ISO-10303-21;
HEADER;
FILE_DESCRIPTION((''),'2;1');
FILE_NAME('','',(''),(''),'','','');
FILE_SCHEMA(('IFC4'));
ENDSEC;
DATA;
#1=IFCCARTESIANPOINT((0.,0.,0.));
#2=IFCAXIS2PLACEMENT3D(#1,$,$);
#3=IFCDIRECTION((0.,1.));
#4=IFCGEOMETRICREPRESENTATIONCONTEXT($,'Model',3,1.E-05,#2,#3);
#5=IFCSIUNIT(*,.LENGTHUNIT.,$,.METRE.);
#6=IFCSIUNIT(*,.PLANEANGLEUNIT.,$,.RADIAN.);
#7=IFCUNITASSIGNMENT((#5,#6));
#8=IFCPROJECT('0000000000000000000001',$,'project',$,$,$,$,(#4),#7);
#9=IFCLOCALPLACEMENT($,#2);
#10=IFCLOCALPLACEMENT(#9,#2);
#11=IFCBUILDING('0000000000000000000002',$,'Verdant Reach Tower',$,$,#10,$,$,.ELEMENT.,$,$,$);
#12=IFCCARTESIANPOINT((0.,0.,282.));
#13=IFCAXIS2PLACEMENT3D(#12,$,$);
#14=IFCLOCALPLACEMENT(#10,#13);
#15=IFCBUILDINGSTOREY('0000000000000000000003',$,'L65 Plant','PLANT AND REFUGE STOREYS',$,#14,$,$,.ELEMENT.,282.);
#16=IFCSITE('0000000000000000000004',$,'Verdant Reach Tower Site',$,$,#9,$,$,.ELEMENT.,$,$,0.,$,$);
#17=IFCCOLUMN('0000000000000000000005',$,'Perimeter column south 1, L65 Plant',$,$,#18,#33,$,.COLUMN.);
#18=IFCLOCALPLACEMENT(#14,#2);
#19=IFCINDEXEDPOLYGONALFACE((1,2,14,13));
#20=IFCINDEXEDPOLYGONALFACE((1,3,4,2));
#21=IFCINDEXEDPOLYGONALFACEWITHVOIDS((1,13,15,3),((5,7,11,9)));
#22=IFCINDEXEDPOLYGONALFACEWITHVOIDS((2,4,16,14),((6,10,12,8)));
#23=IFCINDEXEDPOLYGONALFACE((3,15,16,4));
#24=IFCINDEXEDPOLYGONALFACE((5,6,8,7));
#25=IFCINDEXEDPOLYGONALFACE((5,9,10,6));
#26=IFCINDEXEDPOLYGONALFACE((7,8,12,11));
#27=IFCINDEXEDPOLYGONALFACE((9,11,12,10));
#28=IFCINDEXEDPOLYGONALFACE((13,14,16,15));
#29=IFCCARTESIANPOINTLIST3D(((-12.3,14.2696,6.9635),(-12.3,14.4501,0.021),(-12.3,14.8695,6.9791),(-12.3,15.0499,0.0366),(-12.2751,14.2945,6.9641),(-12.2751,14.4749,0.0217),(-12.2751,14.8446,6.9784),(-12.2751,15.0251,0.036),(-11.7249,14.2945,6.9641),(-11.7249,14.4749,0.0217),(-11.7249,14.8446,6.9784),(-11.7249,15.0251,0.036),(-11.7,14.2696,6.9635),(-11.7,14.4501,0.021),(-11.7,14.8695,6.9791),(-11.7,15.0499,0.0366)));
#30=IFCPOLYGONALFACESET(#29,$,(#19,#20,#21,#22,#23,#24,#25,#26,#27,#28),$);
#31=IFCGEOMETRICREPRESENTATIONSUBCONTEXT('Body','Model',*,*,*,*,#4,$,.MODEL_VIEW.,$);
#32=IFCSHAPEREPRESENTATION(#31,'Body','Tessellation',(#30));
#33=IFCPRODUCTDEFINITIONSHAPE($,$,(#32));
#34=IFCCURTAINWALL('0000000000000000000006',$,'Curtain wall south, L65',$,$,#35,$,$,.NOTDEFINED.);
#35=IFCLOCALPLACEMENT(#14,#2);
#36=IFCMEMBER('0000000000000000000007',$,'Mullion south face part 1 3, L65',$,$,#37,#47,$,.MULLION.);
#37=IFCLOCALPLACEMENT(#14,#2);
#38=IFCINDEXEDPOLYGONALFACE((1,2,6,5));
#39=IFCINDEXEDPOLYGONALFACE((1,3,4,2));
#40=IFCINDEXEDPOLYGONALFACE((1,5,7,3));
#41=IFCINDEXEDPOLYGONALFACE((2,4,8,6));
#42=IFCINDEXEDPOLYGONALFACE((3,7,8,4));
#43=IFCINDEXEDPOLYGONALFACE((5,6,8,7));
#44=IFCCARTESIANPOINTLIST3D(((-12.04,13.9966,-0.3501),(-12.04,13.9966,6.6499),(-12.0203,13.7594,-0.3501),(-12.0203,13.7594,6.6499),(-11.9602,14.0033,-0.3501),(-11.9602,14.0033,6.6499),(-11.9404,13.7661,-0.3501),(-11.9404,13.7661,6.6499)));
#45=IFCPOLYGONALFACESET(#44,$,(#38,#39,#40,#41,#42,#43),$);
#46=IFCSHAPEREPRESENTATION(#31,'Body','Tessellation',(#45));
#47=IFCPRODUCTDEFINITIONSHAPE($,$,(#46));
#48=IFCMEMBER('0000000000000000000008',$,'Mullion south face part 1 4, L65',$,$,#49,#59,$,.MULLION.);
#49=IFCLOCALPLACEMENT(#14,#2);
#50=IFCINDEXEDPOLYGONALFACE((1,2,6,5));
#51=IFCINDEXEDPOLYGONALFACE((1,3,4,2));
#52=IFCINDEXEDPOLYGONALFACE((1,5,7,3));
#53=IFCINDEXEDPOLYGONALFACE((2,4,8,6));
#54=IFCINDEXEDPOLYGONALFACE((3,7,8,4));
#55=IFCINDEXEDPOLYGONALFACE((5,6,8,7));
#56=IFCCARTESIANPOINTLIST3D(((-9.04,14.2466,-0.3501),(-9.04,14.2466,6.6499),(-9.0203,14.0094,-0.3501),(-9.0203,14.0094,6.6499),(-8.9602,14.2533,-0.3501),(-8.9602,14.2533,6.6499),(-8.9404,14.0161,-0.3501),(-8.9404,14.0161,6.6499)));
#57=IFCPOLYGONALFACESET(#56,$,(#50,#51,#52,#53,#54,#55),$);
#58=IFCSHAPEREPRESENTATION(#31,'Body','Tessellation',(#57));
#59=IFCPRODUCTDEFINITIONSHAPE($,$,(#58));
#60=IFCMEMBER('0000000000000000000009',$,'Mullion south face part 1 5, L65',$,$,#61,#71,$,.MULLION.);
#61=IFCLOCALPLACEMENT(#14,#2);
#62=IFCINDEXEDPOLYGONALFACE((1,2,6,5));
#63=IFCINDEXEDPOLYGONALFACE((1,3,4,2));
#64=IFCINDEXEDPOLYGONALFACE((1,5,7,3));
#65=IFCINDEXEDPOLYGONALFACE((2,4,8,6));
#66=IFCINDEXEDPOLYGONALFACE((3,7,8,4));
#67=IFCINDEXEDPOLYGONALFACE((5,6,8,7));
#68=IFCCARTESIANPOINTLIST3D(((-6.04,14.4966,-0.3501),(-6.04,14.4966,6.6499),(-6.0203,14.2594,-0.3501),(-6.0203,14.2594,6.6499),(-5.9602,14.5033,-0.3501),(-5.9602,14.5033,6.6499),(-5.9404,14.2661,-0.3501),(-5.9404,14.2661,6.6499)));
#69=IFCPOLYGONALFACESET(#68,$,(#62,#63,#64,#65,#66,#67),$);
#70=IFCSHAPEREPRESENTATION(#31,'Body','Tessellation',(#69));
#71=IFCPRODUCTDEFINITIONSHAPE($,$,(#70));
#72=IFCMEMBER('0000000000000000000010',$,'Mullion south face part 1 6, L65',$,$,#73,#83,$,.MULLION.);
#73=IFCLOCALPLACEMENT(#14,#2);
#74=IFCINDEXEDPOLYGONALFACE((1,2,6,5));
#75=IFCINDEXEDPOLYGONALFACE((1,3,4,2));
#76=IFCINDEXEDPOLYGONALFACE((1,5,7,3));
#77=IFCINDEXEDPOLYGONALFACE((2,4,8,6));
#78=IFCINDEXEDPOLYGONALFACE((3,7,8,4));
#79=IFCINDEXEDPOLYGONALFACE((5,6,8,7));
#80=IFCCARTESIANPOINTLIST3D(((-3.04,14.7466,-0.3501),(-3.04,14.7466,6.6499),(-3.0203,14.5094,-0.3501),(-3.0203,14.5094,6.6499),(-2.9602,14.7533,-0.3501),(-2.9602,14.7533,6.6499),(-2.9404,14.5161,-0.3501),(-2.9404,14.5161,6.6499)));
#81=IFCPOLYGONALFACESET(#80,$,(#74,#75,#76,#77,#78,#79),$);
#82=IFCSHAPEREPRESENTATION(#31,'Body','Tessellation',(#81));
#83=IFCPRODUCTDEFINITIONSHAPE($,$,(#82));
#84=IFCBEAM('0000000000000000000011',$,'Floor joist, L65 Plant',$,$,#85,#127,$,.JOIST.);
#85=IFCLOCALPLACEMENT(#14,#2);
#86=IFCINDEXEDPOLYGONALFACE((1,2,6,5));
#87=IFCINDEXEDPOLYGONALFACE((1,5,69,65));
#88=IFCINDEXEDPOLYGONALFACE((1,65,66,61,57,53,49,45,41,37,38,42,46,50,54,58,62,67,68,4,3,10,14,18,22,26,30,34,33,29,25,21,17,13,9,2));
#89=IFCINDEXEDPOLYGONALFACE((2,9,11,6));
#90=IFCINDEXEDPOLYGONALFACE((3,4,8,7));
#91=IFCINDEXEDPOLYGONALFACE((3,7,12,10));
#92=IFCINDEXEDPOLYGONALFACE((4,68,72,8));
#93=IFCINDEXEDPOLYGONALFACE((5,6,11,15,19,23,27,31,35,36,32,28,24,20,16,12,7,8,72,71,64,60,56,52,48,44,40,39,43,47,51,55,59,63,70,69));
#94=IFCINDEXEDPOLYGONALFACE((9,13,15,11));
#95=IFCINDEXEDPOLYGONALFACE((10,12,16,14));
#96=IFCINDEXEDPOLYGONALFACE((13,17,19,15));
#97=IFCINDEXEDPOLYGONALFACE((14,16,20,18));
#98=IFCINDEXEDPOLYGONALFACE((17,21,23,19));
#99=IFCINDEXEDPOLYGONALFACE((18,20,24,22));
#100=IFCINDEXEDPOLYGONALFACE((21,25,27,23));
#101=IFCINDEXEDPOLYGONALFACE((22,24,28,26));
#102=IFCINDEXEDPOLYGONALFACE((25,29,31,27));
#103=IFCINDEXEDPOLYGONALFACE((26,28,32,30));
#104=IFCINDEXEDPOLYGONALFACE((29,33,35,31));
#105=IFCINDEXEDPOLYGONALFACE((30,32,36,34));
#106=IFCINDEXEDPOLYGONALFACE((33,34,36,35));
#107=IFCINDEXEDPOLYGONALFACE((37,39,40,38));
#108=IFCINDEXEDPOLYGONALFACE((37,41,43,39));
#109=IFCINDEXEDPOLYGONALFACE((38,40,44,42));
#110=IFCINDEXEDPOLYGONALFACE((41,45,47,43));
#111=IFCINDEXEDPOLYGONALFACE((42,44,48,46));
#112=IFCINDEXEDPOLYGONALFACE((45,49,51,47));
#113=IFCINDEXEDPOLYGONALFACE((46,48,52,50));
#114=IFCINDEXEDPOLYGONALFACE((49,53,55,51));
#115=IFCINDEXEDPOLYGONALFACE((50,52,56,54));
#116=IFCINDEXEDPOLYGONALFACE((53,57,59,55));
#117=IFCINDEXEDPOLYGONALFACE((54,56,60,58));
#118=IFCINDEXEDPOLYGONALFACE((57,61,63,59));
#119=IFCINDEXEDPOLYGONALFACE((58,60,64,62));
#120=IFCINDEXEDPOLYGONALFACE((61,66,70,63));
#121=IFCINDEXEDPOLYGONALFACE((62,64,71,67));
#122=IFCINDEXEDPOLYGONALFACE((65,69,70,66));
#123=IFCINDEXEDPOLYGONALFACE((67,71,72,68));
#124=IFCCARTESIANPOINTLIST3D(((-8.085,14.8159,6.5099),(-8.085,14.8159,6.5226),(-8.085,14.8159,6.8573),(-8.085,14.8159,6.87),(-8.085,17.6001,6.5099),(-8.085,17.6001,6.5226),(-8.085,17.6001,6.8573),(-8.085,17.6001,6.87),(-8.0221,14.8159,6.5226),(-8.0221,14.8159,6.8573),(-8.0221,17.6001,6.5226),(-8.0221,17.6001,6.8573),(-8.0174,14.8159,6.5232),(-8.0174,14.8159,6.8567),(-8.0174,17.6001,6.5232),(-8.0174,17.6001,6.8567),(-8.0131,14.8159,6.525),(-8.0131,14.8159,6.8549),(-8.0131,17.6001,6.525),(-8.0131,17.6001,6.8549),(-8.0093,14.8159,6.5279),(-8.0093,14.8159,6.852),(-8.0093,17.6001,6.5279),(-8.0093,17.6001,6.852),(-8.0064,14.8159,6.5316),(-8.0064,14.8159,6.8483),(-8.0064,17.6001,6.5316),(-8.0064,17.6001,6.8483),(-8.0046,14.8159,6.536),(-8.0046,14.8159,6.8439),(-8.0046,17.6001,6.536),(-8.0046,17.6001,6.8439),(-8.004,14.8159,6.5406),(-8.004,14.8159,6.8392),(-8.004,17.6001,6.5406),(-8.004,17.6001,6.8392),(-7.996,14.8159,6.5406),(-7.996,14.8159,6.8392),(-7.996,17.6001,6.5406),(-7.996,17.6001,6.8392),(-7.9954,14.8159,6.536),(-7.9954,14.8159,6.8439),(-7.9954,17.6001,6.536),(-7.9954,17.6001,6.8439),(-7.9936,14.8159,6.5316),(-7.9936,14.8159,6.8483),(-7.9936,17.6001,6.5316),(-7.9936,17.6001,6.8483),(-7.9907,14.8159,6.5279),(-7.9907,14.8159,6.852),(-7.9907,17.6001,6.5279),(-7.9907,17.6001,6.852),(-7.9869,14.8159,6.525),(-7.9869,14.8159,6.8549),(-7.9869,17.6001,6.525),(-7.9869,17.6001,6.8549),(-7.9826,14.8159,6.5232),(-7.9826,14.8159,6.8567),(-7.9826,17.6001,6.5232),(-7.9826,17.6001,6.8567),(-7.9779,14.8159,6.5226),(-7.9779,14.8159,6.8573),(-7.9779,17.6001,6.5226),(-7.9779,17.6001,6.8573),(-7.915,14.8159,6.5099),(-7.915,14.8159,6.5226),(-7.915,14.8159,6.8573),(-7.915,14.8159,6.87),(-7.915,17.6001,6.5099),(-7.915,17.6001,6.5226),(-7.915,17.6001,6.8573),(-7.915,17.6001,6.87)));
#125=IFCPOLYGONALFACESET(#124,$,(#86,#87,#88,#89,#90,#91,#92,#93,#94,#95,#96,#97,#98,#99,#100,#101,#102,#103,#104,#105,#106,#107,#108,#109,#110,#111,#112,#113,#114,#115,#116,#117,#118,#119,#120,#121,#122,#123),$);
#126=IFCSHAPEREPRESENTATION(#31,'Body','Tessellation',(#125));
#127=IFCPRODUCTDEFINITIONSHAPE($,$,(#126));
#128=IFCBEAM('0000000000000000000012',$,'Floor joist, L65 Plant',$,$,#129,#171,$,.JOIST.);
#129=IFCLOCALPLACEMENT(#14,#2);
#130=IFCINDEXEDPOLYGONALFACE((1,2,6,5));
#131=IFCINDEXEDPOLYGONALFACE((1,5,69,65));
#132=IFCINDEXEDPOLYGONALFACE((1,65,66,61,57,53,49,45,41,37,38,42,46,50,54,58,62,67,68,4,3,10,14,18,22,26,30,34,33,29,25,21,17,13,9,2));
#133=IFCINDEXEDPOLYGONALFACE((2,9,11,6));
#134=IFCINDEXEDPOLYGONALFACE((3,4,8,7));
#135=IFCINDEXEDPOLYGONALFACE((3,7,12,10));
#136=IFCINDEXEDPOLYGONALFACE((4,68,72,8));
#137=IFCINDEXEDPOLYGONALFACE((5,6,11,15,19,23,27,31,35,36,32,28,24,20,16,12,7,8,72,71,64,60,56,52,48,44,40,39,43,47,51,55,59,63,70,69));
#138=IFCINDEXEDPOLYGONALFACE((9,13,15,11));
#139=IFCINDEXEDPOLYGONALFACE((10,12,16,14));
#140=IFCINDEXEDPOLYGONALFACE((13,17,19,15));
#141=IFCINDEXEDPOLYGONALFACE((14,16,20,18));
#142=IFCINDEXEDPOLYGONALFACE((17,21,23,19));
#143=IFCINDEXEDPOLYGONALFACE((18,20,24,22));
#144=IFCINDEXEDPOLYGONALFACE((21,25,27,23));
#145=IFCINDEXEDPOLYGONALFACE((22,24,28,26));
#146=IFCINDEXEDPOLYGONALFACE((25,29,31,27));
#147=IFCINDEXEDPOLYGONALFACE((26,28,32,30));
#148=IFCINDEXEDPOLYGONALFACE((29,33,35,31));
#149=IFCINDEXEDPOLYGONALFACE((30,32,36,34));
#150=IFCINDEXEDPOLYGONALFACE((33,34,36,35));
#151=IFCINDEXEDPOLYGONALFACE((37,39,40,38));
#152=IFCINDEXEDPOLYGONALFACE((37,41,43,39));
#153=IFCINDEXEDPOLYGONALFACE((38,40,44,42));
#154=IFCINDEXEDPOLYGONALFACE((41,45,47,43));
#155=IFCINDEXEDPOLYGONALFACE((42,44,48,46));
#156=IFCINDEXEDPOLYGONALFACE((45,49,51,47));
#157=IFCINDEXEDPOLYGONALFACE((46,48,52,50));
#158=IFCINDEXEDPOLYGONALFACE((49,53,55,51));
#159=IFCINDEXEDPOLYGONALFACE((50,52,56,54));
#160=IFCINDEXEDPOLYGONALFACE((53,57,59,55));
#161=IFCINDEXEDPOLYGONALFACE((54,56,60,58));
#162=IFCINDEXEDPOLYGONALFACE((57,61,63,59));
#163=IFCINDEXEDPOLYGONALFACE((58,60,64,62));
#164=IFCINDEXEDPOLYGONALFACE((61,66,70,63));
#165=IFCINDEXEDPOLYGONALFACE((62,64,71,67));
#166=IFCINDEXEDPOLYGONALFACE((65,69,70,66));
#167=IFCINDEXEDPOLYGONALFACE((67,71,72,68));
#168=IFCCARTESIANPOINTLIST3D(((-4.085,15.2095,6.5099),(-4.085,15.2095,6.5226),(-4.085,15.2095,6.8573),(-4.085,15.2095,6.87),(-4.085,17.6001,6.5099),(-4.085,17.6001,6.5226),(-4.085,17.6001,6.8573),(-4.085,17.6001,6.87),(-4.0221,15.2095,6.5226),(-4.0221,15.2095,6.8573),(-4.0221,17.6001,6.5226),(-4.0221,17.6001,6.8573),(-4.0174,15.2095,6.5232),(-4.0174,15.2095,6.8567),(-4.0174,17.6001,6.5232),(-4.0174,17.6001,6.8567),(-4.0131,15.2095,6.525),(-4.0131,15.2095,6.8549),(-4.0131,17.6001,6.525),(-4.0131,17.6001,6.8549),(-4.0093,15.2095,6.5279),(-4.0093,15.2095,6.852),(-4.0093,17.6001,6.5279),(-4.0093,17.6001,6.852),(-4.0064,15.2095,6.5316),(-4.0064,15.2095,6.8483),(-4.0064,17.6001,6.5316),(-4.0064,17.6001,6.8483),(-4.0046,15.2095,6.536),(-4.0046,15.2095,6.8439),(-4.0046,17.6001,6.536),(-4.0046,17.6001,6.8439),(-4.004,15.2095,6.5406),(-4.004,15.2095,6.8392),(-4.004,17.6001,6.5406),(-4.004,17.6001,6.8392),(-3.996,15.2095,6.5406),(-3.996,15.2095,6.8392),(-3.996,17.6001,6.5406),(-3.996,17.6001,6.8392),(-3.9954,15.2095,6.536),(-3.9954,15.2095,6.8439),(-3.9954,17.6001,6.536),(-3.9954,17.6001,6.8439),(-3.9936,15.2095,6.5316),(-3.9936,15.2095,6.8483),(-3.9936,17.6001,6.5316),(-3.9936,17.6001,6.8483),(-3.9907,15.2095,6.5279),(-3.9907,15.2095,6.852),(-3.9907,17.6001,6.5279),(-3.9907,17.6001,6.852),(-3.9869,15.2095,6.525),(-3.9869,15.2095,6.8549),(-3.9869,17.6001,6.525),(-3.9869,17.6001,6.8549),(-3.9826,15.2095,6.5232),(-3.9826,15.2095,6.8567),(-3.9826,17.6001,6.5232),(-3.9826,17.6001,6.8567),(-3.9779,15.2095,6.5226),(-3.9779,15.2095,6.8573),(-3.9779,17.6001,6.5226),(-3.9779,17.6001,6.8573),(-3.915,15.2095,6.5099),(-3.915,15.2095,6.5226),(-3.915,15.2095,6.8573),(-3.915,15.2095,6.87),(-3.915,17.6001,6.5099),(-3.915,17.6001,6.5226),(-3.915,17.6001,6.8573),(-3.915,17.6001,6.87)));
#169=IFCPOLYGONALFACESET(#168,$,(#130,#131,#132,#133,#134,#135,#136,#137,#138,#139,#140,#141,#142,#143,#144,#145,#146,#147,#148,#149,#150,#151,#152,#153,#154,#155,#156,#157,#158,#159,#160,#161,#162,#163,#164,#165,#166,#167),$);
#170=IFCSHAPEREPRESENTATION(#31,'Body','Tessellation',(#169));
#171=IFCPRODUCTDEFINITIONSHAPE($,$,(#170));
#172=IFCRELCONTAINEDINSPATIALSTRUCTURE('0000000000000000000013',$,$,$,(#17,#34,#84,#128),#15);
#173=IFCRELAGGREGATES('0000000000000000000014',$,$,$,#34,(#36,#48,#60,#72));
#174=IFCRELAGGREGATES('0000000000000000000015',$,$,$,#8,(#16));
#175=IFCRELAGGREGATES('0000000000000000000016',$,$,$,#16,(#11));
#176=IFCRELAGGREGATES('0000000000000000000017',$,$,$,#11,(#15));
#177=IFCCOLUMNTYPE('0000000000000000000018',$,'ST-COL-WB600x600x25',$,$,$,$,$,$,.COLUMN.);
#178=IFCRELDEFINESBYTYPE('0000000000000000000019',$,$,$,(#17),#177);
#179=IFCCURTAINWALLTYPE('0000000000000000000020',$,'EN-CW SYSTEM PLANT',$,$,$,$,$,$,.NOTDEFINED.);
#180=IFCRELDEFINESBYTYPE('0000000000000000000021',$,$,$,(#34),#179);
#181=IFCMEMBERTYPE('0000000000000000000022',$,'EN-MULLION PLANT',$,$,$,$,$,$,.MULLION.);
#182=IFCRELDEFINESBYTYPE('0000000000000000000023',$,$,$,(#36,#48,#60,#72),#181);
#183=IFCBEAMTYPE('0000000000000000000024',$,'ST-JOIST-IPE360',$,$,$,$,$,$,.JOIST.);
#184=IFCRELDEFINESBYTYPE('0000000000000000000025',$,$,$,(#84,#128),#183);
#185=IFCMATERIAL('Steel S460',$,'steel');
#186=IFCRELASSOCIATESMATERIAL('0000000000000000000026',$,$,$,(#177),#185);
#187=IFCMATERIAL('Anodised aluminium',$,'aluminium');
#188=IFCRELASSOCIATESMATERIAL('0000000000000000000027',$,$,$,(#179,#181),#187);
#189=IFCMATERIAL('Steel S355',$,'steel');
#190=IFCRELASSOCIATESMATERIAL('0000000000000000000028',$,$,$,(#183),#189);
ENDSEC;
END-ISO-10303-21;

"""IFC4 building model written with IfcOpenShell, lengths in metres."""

from ifc_helpers import new_model, si_unit, direction, frame, origin, origin_2d, place, context, subcontext, project, spatial, rectangle, hollow_rectangle, i_section, extrude, material, material_profile, profile_set, type_object, element, aggregate, save


model = new_model("IFC4")

# Units and contexts
model_context = context("Model", 3, precision=1e-05, world=origin(), true_north=direction((0.0, 1.0)))
body_context = subcontext(model_context, "Body", "Model", "MODEL_VIEW")
ifc_project = project(units=[si_unit("LENGTHUNIT", "METRE"), si_unit("PLANEANGLEUNIT", "RADIAN")], contexts=[model_context])

# Site, building, storey
site_placement = place(None, origin())
site = spatial("IfcSite", under=ifc_project, at=site_placement, Name="Verdant Reach Tower Site", CompositionType="ELEMENT", RefElevation=0.0)
building_placement = place(site_placement, origin())
building = spatial("IfcBuilding", under=site, at=building_placement, Name="Verdant Reach Tower", CompositionType="ELEMENT")
storey_placement = place(building_placement, frame((0.0, 0.0, 282.0)))
storey = spatial("IfcBuildingStorey", under=building, at=storey_placement, Name="L65 Plant", Description="PLANT AND REFUGE STOREYS", CompositionType="ELEMENT", Elevation=282.0)

# Column
ifc_material_1 = material(Name="Steel S460", Category="steel")
ifc_material_profile_1 = material_profile(ifc_material_1, hollow_rectangle(XDim=0.6001, YDim=0.6001, WallThickness=0.0249, at=origin_2d()), Name="WB 600x600x25")
ifc_profile_set_1 = profile_set([ifc_material_profile_1], Name="Steel S460")
column_type = type_object("IfcColumnType", Name="ST-COL-WB600x600x25", PredefinedType="COLUMN", material=ifc_profile_set_1)
column_placement = place(storey_placement, frame((-12.0, 14.75, 0.0288), z_axis=(0.0, -0.025979, 0.999662), x_axis=(1.0, 0.0, 0.0)))
element("IfcColumn", 1, at=column_placement, inside=storey, type_object=column_type, Name="Perimeter column south 1, L65 Plant", PredefinedType="COLUMN", context=body_context, shape_type="SweptSolid", body=[
    extrude(hollow_rectangle(XDim=0.6001, YDim=0.6001, WallThickness=0.0249, at=origin_2d()), origin(), (0.0, 0.0, 1.0), 6.9448),
])

# Curtain wall, members
ifc_material_2 = material(Name="Anodised aluminium", Category="aluminium")
curtain_wall_type = type_object("IfcCurtainWallType", Name="EN-CW SYSTEM PLANT", PredefinedType="NOTDEFINED", material=ifc_material_2)
curtain_wall_placement = place(storey_placement, origin())
curtain_wall = element("IfcCurtainWall", 2, at=curtain_wall_placement, inside=storey, type_object=curtain_wall_type, Name="Curtain wall south, L65", PredefinedType="NOTDEFINED")
ifc_material_profile_2 = material_profile(ifc_material_2, rectangle(XDim=0.238, YDim=0.0801, at=origin_2d()), Name="Mullion 80x240")
ifc_profile_set_2 = profile_set([ifc_material_profile_2], Name="Anodised aluminium")
member_type_1 = type_object("IfcMemberType", Name="EN-MULLION PLANT", PredefinedType="MULLION", material=ifc_profile_set_2)
member_1_placement = place(storey_placement, frame((-11.9902, 13.8813, -0.3501), z_axis=(0.0, 0.0, 1.0), x_axis=(0.083045, -0.996546, 0.0)))
member_1 = element("IfcMember", 3, at=member_1_placement, type_object=member_type_1, Name="Mullion south face part 1 3, L65", PredefinedType="MULLION", context=body_context, shape_type="SweptSolid", body=[
    extrude(rectangle(XDim=0.238, YDim=0.0801, at=origin_2d()), origin(), (0.0, 0.0, 1.0), 7.0),
])
member_2_placement = place(storey_placement, frame((-8.9902, 14.1313, -0.3501), z_axis=(0.0, 0.0, 1.0), x_axis=(0.083045, -0.996546, 0.0)))
member_2 = element("IfcMember", 4, at=member_2_placement, type_object=member_type_1, Name="Mullion south face part 1 4, L65", PredefinedType="MULLION", context=body_context, shape_type="SweptSolid", body=[
    extrude(rectangle(XDim=0.238, YDim=0.0801, at=origin_2d()), origin(), (0.0, 0.0, 1.0), 7.0),
])
member_3_placement = place(storey_placement, frame((-5.9902, 14.3813, -0.3501), z_axis=(0.0, 0.0, 1.0), x_axis=(0.083045, -0.996546, 0.0)))
member_3 = element("IfcMember", 5, at=member_3_placement, type_object=member_type_1, Name="Mullion south face part 1 5, L65", PredefinedType="MULLION", context=body_context, shape_type="SweptSolid", body=[
    extrude(rectangle(XDim=0.238, YDim=0.0801, at=origin_2d()), origin(), (0.0, 0.0, 1.0), 7.0),
])
member_4_placement = place(storey_placement, frame((-2.9902, 14.6313, -0.3501), z_axis=(0.0, 0.0, 1.0), x_axis=(0.083045, -0.996546, 0.0)))
member_4 = element("IfcMember", 6, at=member_4_placement, type_object=member_type_1, Name="Mullion south face part 1 6, L65", PredefinedType="MULLION", context=body_context, shape_type="SweptSolid", body=[
    extrude(rectangle(XDim=0.238, YDim=0.0801, at=origin_2d()), origin(), (0.0, 0.0, 1.0), 7.0),
])

# Beams
ifc_material_3 = material(Name="Steel S355", Category="steel")
ifc_material_profile_3 = material_profile(ifc_material_3, i_section(OverallWidth=0.1699, OverallDepth=0.3601, WebThickness=0.0081, FlangeThickness=0.0127, FilletRadius=0.0181, at=origin_2d()), Name="IPE 360")
ifc_profile_set_3 = profile_set([ifc_material_profile_3], Name="Steel S355")
beam_type_1 = type_object("IfcBeamType", Name="ST-JOIST-IPE360", PredefinedType="JOIST", material=ifc_profile_set_3)
beam_1_placement = place(storey_placement, frame((-8.0, 17.6001, 6.6899), z_axis=(0.0, -1.0, 0.0), x_axis=(1.0, 0.0, 0.0)))
element("IfcBeam", 7, at=beam_1_placement, inside=storey, type_object=beam_type_1, Name="Floor joist, L65 Plant", PredefinedType="JOIST", context=body_context, shape_type="SweptSolid", body=[
    extrude(i_section(OverallWidth=0.1699, OverallDepth=0.3601, WebThickness=0.0081, FlangeThickness=0.0127, FilletRadius=0.0181, at=origin_2d()), origin(), (0.0, 0.0, 1.0), 2.7842),
])
beam_2_placement = place(storey_placement, frame((-4.0, 17.6001, 6.6899), z_axis=(0.0, -1.0, 0.0), x_axis=(1.0, 0.0, 0.0)))
element("IfcBeam", 8, at=beam_2_placement, inside=storey, type_object=beam_type_1, Name="Floor joist, L65 Plant", PredefinedType="JOIST", context=body_context, shape_type="SweptSolid", body=[
    extrude(i_section(OverallWidth=0.1699, OverallDepth=0.3601, WebThickness=0.0081, FlangeThickness=0.0127, FilletRadius=0.0181, at=origin_2d()), origin(), (0.0, 0.0, 1.0), 2.3906),
])

aggregate(curtain_wall, [member_1, member_2, member_3, member_4])

save(model, "model.ifc")
